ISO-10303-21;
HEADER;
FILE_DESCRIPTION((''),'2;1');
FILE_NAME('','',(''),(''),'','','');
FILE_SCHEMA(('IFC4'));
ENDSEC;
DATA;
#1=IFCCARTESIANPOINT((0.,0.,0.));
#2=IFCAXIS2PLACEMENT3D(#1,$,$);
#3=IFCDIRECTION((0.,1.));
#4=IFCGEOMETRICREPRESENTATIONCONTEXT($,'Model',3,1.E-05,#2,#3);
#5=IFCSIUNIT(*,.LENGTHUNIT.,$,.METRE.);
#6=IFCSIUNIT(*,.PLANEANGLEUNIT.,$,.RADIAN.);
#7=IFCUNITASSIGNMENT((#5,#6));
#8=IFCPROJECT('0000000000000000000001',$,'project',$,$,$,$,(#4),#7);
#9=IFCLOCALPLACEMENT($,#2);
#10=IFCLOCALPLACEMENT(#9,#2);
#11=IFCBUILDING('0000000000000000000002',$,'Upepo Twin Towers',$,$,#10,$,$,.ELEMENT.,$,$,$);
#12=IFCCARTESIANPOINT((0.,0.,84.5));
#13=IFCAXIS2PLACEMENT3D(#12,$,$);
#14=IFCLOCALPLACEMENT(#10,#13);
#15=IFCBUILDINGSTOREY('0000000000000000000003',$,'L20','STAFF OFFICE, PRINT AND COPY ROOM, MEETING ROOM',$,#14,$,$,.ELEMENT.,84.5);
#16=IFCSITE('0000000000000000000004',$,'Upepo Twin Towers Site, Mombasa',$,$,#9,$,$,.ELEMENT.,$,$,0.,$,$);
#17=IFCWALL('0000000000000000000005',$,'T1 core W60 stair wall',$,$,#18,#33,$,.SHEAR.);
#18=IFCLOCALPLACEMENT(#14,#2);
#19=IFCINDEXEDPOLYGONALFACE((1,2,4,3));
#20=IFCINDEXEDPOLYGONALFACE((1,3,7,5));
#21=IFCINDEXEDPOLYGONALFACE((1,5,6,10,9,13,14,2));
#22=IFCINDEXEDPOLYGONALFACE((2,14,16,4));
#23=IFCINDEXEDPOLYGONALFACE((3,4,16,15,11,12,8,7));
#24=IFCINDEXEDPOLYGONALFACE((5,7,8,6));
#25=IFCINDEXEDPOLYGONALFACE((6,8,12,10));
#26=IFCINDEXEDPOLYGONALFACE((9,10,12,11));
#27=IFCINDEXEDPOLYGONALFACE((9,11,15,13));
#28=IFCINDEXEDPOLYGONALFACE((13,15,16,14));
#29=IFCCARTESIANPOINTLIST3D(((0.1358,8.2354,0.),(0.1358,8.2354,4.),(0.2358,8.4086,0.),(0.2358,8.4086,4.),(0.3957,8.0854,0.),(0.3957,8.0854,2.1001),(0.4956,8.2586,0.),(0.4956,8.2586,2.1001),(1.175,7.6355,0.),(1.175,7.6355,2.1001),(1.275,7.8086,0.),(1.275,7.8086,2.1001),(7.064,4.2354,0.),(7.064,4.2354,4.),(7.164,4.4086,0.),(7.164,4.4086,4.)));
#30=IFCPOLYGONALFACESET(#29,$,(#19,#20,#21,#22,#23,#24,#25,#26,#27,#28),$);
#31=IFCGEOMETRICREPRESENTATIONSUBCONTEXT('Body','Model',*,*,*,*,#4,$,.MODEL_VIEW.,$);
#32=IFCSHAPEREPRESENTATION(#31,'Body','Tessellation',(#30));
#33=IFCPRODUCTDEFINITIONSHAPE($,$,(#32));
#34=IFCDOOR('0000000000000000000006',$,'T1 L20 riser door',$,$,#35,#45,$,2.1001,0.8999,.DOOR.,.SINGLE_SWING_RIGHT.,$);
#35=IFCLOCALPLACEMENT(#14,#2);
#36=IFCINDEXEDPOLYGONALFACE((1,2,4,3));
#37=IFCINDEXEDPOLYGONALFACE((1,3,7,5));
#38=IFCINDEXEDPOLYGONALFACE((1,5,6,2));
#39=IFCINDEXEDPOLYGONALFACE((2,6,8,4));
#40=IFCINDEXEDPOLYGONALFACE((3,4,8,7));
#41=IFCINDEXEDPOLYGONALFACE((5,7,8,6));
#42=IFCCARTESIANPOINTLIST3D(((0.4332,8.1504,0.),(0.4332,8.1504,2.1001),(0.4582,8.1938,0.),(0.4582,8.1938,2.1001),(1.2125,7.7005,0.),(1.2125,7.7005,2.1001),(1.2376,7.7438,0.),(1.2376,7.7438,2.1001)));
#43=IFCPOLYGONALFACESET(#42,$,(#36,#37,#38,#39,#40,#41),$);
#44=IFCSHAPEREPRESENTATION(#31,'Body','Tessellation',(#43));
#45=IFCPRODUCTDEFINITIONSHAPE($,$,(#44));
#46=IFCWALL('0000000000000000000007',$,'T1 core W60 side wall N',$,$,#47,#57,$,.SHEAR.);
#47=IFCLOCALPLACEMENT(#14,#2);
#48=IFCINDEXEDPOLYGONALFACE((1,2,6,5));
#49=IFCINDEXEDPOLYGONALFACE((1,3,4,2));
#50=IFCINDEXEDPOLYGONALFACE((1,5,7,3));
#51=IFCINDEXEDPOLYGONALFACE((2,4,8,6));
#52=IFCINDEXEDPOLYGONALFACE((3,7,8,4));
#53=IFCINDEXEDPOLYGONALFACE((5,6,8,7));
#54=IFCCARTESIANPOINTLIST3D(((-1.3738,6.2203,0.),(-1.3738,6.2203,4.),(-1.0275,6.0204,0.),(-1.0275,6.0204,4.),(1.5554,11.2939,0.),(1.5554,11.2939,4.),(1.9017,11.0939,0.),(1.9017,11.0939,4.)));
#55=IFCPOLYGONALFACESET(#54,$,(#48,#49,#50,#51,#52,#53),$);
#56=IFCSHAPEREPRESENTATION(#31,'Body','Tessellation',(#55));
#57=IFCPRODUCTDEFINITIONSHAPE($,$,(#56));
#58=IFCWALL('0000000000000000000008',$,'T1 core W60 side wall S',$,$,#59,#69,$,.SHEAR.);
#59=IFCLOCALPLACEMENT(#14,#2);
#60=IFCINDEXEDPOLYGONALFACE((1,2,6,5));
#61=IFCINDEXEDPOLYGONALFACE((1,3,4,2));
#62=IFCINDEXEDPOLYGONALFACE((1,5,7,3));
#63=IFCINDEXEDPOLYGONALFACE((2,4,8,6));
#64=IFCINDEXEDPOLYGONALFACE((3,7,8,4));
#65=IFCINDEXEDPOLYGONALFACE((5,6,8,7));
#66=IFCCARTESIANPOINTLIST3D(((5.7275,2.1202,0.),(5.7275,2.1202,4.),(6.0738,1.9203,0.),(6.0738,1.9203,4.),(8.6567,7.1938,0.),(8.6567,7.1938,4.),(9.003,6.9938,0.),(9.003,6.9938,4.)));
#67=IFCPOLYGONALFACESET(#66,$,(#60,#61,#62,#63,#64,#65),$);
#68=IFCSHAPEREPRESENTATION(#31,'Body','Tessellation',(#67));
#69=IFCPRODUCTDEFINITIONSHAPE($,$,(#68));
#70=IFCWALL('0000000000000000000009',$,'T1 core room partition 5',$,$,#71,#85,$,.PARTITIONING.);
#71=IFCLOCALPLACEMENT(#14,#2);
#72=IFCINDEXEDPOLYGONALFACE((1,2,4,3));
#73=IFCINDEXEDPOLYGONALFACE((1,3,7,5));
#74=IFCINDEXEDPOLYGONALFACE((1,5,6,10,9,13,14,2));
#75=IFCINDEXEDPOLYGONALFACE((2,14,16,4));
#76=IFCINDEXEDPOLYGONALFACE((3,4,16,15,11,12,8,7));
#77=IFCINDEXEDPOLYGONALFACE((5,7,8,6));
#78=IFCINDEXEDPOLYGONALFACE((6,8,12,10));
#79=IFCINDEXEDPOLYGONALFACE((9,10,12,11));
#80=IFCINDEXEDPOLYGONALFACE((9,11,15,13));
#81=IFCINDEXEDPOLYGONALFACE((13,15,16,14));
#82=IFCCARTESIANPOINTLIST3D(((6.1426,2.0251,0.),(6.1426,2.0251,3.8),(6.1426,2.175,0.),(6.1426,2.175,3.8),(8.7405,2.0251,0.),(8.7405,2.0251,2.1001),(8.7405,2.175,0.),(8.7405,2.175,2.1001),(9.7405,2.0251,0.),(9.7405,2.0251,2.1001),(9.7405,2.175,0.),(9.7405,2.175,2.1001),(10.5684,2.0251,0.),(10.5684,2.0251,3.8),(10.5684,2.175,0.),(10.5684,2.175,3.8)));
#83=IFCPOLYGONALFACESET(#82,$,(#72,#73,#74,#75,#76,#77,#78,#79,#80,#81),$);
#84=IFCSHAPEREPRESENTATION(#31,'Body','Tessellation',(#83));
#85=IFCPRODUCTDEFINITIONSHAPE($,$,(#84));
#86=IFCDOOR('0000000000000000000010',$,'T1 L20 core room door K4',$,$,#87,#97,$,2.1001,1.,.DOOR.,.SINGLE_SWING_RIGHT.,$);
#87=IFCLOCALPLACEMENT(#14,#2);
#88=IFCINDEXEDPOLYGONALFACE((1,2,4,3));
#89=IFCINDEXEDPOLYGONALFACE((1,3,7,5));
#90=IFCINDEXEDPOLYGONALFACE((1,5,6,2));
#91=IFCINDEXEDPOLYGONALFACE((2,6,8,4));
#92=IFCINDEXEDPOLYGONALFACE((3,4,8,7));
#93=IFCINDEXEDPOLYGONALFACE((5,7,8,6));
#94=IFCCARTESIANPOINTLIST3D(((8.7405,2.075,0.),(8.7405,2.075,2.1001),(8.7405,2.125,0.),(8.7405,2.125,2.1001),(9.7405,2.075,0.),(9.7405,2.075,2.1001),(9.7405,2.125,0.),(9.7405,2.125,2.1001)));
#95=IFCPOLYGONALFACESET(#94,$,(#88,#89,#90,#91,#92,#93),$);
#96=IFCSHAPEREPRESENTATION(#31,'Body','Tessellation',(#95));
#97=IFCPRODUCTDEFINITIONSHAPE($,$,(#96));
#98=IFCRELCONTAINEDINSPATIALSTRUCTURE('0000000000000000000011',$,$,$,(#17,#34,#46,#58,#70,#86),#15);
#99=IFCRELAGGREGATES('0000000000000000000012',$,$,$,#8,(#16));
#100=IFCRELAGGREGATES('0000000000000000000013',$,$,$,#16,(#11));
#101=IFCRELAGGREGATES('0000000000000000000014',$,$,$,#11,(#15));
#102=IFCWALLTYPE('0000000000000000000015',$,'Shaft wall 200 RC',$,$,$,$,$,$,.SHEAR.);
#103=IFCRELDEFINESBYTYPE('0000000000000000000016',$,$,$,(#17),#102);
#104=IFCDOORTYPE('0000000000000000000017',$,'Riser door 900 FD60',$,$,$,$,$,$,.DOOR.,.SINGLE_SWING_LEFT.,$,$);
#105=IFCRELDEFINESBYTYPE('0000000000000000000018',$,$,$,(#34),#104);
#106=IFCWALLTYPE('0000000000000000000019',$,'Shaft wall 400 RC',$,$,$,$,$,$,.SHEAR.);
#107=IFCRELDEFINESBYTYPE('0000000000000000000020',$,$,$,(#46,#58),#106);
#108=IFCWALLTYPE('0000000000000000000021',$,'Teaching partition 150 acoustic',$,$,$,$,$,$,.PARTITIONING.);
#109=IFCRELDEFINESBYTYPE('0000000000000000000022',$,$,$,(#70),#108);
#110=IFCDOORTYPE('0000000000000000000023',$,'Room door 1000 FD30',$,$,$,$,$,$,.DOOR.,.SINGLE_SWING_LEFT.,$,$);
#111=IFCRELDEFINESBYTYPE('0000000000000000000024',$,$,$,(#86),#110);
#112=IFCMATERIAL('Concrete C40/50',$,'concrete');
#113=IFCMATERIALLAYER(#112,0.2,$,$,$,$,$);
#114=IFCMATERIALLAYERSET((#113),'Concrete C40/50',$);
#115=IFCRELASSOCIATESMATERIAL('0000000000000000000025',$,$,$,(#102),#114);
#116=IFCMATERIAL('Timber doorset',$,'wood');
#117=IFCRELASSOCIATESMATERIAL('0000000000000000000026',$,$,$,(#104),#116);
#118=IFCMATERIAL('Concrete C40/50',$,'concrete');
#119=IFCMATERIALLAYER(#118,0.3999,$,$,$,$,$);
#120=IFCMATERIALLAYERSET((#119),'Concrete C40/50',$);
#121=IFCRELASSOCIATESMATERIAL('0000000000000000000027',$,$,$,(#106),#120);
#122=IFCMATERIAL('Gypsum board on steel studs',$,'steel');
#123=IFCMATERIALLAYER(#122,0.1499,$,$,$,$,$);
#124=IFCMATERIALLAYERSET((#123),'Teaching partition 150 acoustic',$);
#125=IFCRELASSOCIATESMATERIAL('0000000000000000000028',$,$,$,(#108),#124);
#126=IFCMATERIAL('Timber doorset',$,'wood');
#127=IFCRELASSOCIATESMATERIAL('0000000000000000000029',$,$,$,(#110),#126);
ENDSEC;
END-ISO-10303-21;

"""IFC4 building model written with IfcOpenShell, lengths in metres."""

from ifc_helpers import new_model, si_unit, direction, frame, frame_2d, origin, place, context, subcontext, project, spatial, rectangle, extrude, material, layer, layer_set, type_object, element, fill, save


model = new_model("IFC4")

# Units and contexts
model_context = context("Model", 3, precision=1e-05, world=origin(), true_north=direction((0.0, 1.0)))
body_context = subcontext(model_context, "Body", "Model", "MODEL_VIEW")
ifc_project = project(units=[si_unit("LENGTHUNIT", "METRE"), si_unit("PLANEANGLEUNIT", "RADIAN")], contexts=[model_context])

# Site, building, storey
site_placement = place(None, origin())
site = spatial("IfcSite", under=ifc_project, at=site_placement, Name="Upepo Twin Towers Site, Mombasa", CompositionType="ELEMENT", RefElevation=0.0)
building_placement = place(site_placement, origin())
building = spatial("IfcBuilding", under=site, at=building_placement, Name="Upepo Twin Towers", CompositionType="ELEMENT")
storey_placement = place(building_placement, frame((0.0, 0.0, 84.5)))
storey = spatial("IfcBuildingStorey", under=building, at=storey_placement, Name="L20", Description="STAFF OFFICE, PRINT AND COPY ROOM, MEETING ROOM", CompositionType="ELEMENT", Elevation=84.5)

# Shared definitions
ifc_material_1 = material(Name="Concrete C40/50", Category="concrete")
ifc_layer_1 = layer(ifc_material_1, 0.2)
ifc_layer_set_1 = layer_set([ifc_layer_1], Name="Concrete C40/50")
wall_type_1 = type_object("IfcWallType", Name="Shaft wall 200 RC", PredefinedType="SHEAR", material=ifc_layer_set_1)

# Wall, opening, door
wall_1_placement = place(storey_placement, frame((7.114, 4.322, 0.0), z_axis=(0.0, 0.0, 1.0), x_axis=(-0.866026, 0.499999, 0.0)))
wall_1 = element("IfcWall", 1, at=wall_1_placement, inside=storey, type_object=wall_type_1, Name="T1 core W60 stair wall", PredefinedType="SHEAR", context=body_context, shape_type="SweptSolid", body=[
    extrude(rectangle(XDim=8.0, YDim=0.2, at=frame_2d((4.0, 0.0))), origin(), (0.0, 0.0, 1.0), 4.0),
])
opening_1_placement = place(wall_1_placement, frame((6.8, 0.0, 0.0)))
opening_1 = element("IfcOpeningElement", 2, at=opening_1_placement, cuts=wall_1, PredefinedType="OPENING", context=body_context, shape_type="SweptSolid", body=[
    extrude(rectangle(XDim=0.8999, YDim=2.1001, at=frame_2d((0.45, 1.05))), frame((0.0, 0.1099, 0.0), z_axis=(0.0, -1.0, 0.0), x_axis=(1.0, 0.0, 0.0)), (0.0, 0.0, 1.0), 0.22),
])
ifc_material_2 = material(Name="Timber doorset", Category="wood")
door_type_1 = type_object("IfcDoorType", Name="Riser door 900 FD60", OperationType="SINGLE_SWING_LEFT", PredefinedType="DOOR", material=ifc_material_2)
door_1_placement = place(opening_1_placement, origin())
door_1 = element("IfcDoor", 3, at=door_1_placement, inside=storey, type_object=door_type_1, Name="T1 L20 riser door", OperationType="SINGLE_SWING_RIGHT", OverallHeight=2.1001, OverallWidth=0.8999, PredefinedType="DOOR", context=body_context, shape_type="SweptSolid", body=[
    extrude(rectangle(XDim=0.8999, YDim=2.1001, at=frame_2d((0.45, 1.05))), frame((0.0, 0.0249, 0.0), z_axis=(0.0, -1.0, 0.0), x_axis=(1.0, 0.0, 0.0)), (0.0, 0.0, 1.0), 0.05),
])
fill(opening_1, door_1)

# Walls
ifc_material_3 = material(Name="Concrete C40/50", Category="concrete")
ifc_layer_2 = layer(ifc_material_3, 0.3999)
ifc_layer_set_2 = layer_set([ifc_layer_2], Name="Concrete C40/50")
wall_type_2 = type_object("IfcWallType", Name="Shaft wall 400 RC", PredefinedType="SHEAR", material=ifc_layer_set_2)
for number, where, z_axis, x_axis, name in (
    (4, (-1.2007, 6.1204, 0.0), (0.0, 0.0, 1.0), (0.500003, 0.866024, 0.0), "T1 core W60 side wall N"),
    (5, (5.9006, 2.0203, 0.0), (0.0, 0.0, 1.0), (0.500003, 0.866024, 0.0), "T1 core W60 side wall S"),
):
    element("IfcWall", number, at=place(storey_placement, frame(where, z_axis=z_axis, x_axis=x_axis)), inside=storey, type_object=wall_type_2, Name=name, PredefinedType="SHEAR", context=body_context, shape_type="SweptSolid", body=[
        extrude(rectangle(XDim=5.8584, YDim=0.3999, at=frame_2d((2.9292, 0.0))), origin(), (0.0, 0.0, 1.0), 4.0),
    ])

# Wall, opening, door
ifc_material_4 = material(Name="Gypsum board on steel studs", Category="steel")
ifc_layer_3 = layer(ifc_material_4, 0.1499)
ifc_layer_set_3 = layer_set([ifc_layer_3], Name="Teaching partition 150 acoustic")
wall_type_3 = type_object("IfcWallType", Name="Teaching partition 150 acoustic", PredefinedType="PARTITIONING", material=ifc_layer_set_3)
wall_2_placement = place(storey_placement, frame((6.1426, 2.1001, 0.0), z_axis=(0.0, 0.0, 1.0), x_axis=(1.0, 0.0, 0.0)))
wall_2 = element("IfcWall", 6, at=wall_2_placement, inside=storey, type_object=wall_type_3, Name="T1 core room partition 5", PredefinedType="PARTITIONING", context=body_context, shape_type="SweptSolid", body=[
    extrude(rectangle(XDim=4.4258, YDim=0.1499, at=frame_2d((2.2129, 0.0))), origin(), (0.0, 0.0, 1.0), 3.8),
])
opening_2_placement = place(wall_2_placement, frame((2.5979, 0.0, 0.0)))
opening_2 = element("IfcOpeningElement", 7, at=opening_2_placement, cuts=wall_2, PredefinedType="OPENING", context=body_context, shape_type="SweptSolid", body=[
    extrude(rectangle(XDim=1.0, YDim=2.1001, at=frame_2d((0.5, 1.05))), frame((0.0, 0.085, 0.0), z_axis=(0.0, -1.0, 0.0), x_axis=(1.0, 0.0, 0.0)), (0.0, 0.0, 1.0), 0.1699),
])
ifc_material_5 = material(Name="Timber doorset", Category="wood")
door_type_2 = type_object("IfcDoorType", Name="Room door 1000 FD30", OperationType="SINGLE_SWING_LEFT", PredefinedType="DOOR", material=ifc_material_5)
door_2_placement = place(opening_2_placement, origin())
door_2 = element("IfcDoor", 8, at=door_2_placement, inside=storey, type_object=door_type_2, Name="T1 L20 core room door K4", OperationType="SINGLE_SWING_RIGHT", OverallHeight=2.1001, OverallWidth=1.0, PredefinedType="DOOR", context=body_context, shape_type="SweptSolid", body=[
    extrude(rectangle(XDim=1.0, YDim=2.1001, at=frame_2d((0.5, 1.05))), frame((0.0, 0.0249, 0.0), z_axis=(0.0, -1.0, 0.0), x_axis=(1.0, 0.0, 0.0)), (0.0, 0.0, 1.0), 0.05),
])
fill(opening_2, door_2)

save(model, "model.ifc")
